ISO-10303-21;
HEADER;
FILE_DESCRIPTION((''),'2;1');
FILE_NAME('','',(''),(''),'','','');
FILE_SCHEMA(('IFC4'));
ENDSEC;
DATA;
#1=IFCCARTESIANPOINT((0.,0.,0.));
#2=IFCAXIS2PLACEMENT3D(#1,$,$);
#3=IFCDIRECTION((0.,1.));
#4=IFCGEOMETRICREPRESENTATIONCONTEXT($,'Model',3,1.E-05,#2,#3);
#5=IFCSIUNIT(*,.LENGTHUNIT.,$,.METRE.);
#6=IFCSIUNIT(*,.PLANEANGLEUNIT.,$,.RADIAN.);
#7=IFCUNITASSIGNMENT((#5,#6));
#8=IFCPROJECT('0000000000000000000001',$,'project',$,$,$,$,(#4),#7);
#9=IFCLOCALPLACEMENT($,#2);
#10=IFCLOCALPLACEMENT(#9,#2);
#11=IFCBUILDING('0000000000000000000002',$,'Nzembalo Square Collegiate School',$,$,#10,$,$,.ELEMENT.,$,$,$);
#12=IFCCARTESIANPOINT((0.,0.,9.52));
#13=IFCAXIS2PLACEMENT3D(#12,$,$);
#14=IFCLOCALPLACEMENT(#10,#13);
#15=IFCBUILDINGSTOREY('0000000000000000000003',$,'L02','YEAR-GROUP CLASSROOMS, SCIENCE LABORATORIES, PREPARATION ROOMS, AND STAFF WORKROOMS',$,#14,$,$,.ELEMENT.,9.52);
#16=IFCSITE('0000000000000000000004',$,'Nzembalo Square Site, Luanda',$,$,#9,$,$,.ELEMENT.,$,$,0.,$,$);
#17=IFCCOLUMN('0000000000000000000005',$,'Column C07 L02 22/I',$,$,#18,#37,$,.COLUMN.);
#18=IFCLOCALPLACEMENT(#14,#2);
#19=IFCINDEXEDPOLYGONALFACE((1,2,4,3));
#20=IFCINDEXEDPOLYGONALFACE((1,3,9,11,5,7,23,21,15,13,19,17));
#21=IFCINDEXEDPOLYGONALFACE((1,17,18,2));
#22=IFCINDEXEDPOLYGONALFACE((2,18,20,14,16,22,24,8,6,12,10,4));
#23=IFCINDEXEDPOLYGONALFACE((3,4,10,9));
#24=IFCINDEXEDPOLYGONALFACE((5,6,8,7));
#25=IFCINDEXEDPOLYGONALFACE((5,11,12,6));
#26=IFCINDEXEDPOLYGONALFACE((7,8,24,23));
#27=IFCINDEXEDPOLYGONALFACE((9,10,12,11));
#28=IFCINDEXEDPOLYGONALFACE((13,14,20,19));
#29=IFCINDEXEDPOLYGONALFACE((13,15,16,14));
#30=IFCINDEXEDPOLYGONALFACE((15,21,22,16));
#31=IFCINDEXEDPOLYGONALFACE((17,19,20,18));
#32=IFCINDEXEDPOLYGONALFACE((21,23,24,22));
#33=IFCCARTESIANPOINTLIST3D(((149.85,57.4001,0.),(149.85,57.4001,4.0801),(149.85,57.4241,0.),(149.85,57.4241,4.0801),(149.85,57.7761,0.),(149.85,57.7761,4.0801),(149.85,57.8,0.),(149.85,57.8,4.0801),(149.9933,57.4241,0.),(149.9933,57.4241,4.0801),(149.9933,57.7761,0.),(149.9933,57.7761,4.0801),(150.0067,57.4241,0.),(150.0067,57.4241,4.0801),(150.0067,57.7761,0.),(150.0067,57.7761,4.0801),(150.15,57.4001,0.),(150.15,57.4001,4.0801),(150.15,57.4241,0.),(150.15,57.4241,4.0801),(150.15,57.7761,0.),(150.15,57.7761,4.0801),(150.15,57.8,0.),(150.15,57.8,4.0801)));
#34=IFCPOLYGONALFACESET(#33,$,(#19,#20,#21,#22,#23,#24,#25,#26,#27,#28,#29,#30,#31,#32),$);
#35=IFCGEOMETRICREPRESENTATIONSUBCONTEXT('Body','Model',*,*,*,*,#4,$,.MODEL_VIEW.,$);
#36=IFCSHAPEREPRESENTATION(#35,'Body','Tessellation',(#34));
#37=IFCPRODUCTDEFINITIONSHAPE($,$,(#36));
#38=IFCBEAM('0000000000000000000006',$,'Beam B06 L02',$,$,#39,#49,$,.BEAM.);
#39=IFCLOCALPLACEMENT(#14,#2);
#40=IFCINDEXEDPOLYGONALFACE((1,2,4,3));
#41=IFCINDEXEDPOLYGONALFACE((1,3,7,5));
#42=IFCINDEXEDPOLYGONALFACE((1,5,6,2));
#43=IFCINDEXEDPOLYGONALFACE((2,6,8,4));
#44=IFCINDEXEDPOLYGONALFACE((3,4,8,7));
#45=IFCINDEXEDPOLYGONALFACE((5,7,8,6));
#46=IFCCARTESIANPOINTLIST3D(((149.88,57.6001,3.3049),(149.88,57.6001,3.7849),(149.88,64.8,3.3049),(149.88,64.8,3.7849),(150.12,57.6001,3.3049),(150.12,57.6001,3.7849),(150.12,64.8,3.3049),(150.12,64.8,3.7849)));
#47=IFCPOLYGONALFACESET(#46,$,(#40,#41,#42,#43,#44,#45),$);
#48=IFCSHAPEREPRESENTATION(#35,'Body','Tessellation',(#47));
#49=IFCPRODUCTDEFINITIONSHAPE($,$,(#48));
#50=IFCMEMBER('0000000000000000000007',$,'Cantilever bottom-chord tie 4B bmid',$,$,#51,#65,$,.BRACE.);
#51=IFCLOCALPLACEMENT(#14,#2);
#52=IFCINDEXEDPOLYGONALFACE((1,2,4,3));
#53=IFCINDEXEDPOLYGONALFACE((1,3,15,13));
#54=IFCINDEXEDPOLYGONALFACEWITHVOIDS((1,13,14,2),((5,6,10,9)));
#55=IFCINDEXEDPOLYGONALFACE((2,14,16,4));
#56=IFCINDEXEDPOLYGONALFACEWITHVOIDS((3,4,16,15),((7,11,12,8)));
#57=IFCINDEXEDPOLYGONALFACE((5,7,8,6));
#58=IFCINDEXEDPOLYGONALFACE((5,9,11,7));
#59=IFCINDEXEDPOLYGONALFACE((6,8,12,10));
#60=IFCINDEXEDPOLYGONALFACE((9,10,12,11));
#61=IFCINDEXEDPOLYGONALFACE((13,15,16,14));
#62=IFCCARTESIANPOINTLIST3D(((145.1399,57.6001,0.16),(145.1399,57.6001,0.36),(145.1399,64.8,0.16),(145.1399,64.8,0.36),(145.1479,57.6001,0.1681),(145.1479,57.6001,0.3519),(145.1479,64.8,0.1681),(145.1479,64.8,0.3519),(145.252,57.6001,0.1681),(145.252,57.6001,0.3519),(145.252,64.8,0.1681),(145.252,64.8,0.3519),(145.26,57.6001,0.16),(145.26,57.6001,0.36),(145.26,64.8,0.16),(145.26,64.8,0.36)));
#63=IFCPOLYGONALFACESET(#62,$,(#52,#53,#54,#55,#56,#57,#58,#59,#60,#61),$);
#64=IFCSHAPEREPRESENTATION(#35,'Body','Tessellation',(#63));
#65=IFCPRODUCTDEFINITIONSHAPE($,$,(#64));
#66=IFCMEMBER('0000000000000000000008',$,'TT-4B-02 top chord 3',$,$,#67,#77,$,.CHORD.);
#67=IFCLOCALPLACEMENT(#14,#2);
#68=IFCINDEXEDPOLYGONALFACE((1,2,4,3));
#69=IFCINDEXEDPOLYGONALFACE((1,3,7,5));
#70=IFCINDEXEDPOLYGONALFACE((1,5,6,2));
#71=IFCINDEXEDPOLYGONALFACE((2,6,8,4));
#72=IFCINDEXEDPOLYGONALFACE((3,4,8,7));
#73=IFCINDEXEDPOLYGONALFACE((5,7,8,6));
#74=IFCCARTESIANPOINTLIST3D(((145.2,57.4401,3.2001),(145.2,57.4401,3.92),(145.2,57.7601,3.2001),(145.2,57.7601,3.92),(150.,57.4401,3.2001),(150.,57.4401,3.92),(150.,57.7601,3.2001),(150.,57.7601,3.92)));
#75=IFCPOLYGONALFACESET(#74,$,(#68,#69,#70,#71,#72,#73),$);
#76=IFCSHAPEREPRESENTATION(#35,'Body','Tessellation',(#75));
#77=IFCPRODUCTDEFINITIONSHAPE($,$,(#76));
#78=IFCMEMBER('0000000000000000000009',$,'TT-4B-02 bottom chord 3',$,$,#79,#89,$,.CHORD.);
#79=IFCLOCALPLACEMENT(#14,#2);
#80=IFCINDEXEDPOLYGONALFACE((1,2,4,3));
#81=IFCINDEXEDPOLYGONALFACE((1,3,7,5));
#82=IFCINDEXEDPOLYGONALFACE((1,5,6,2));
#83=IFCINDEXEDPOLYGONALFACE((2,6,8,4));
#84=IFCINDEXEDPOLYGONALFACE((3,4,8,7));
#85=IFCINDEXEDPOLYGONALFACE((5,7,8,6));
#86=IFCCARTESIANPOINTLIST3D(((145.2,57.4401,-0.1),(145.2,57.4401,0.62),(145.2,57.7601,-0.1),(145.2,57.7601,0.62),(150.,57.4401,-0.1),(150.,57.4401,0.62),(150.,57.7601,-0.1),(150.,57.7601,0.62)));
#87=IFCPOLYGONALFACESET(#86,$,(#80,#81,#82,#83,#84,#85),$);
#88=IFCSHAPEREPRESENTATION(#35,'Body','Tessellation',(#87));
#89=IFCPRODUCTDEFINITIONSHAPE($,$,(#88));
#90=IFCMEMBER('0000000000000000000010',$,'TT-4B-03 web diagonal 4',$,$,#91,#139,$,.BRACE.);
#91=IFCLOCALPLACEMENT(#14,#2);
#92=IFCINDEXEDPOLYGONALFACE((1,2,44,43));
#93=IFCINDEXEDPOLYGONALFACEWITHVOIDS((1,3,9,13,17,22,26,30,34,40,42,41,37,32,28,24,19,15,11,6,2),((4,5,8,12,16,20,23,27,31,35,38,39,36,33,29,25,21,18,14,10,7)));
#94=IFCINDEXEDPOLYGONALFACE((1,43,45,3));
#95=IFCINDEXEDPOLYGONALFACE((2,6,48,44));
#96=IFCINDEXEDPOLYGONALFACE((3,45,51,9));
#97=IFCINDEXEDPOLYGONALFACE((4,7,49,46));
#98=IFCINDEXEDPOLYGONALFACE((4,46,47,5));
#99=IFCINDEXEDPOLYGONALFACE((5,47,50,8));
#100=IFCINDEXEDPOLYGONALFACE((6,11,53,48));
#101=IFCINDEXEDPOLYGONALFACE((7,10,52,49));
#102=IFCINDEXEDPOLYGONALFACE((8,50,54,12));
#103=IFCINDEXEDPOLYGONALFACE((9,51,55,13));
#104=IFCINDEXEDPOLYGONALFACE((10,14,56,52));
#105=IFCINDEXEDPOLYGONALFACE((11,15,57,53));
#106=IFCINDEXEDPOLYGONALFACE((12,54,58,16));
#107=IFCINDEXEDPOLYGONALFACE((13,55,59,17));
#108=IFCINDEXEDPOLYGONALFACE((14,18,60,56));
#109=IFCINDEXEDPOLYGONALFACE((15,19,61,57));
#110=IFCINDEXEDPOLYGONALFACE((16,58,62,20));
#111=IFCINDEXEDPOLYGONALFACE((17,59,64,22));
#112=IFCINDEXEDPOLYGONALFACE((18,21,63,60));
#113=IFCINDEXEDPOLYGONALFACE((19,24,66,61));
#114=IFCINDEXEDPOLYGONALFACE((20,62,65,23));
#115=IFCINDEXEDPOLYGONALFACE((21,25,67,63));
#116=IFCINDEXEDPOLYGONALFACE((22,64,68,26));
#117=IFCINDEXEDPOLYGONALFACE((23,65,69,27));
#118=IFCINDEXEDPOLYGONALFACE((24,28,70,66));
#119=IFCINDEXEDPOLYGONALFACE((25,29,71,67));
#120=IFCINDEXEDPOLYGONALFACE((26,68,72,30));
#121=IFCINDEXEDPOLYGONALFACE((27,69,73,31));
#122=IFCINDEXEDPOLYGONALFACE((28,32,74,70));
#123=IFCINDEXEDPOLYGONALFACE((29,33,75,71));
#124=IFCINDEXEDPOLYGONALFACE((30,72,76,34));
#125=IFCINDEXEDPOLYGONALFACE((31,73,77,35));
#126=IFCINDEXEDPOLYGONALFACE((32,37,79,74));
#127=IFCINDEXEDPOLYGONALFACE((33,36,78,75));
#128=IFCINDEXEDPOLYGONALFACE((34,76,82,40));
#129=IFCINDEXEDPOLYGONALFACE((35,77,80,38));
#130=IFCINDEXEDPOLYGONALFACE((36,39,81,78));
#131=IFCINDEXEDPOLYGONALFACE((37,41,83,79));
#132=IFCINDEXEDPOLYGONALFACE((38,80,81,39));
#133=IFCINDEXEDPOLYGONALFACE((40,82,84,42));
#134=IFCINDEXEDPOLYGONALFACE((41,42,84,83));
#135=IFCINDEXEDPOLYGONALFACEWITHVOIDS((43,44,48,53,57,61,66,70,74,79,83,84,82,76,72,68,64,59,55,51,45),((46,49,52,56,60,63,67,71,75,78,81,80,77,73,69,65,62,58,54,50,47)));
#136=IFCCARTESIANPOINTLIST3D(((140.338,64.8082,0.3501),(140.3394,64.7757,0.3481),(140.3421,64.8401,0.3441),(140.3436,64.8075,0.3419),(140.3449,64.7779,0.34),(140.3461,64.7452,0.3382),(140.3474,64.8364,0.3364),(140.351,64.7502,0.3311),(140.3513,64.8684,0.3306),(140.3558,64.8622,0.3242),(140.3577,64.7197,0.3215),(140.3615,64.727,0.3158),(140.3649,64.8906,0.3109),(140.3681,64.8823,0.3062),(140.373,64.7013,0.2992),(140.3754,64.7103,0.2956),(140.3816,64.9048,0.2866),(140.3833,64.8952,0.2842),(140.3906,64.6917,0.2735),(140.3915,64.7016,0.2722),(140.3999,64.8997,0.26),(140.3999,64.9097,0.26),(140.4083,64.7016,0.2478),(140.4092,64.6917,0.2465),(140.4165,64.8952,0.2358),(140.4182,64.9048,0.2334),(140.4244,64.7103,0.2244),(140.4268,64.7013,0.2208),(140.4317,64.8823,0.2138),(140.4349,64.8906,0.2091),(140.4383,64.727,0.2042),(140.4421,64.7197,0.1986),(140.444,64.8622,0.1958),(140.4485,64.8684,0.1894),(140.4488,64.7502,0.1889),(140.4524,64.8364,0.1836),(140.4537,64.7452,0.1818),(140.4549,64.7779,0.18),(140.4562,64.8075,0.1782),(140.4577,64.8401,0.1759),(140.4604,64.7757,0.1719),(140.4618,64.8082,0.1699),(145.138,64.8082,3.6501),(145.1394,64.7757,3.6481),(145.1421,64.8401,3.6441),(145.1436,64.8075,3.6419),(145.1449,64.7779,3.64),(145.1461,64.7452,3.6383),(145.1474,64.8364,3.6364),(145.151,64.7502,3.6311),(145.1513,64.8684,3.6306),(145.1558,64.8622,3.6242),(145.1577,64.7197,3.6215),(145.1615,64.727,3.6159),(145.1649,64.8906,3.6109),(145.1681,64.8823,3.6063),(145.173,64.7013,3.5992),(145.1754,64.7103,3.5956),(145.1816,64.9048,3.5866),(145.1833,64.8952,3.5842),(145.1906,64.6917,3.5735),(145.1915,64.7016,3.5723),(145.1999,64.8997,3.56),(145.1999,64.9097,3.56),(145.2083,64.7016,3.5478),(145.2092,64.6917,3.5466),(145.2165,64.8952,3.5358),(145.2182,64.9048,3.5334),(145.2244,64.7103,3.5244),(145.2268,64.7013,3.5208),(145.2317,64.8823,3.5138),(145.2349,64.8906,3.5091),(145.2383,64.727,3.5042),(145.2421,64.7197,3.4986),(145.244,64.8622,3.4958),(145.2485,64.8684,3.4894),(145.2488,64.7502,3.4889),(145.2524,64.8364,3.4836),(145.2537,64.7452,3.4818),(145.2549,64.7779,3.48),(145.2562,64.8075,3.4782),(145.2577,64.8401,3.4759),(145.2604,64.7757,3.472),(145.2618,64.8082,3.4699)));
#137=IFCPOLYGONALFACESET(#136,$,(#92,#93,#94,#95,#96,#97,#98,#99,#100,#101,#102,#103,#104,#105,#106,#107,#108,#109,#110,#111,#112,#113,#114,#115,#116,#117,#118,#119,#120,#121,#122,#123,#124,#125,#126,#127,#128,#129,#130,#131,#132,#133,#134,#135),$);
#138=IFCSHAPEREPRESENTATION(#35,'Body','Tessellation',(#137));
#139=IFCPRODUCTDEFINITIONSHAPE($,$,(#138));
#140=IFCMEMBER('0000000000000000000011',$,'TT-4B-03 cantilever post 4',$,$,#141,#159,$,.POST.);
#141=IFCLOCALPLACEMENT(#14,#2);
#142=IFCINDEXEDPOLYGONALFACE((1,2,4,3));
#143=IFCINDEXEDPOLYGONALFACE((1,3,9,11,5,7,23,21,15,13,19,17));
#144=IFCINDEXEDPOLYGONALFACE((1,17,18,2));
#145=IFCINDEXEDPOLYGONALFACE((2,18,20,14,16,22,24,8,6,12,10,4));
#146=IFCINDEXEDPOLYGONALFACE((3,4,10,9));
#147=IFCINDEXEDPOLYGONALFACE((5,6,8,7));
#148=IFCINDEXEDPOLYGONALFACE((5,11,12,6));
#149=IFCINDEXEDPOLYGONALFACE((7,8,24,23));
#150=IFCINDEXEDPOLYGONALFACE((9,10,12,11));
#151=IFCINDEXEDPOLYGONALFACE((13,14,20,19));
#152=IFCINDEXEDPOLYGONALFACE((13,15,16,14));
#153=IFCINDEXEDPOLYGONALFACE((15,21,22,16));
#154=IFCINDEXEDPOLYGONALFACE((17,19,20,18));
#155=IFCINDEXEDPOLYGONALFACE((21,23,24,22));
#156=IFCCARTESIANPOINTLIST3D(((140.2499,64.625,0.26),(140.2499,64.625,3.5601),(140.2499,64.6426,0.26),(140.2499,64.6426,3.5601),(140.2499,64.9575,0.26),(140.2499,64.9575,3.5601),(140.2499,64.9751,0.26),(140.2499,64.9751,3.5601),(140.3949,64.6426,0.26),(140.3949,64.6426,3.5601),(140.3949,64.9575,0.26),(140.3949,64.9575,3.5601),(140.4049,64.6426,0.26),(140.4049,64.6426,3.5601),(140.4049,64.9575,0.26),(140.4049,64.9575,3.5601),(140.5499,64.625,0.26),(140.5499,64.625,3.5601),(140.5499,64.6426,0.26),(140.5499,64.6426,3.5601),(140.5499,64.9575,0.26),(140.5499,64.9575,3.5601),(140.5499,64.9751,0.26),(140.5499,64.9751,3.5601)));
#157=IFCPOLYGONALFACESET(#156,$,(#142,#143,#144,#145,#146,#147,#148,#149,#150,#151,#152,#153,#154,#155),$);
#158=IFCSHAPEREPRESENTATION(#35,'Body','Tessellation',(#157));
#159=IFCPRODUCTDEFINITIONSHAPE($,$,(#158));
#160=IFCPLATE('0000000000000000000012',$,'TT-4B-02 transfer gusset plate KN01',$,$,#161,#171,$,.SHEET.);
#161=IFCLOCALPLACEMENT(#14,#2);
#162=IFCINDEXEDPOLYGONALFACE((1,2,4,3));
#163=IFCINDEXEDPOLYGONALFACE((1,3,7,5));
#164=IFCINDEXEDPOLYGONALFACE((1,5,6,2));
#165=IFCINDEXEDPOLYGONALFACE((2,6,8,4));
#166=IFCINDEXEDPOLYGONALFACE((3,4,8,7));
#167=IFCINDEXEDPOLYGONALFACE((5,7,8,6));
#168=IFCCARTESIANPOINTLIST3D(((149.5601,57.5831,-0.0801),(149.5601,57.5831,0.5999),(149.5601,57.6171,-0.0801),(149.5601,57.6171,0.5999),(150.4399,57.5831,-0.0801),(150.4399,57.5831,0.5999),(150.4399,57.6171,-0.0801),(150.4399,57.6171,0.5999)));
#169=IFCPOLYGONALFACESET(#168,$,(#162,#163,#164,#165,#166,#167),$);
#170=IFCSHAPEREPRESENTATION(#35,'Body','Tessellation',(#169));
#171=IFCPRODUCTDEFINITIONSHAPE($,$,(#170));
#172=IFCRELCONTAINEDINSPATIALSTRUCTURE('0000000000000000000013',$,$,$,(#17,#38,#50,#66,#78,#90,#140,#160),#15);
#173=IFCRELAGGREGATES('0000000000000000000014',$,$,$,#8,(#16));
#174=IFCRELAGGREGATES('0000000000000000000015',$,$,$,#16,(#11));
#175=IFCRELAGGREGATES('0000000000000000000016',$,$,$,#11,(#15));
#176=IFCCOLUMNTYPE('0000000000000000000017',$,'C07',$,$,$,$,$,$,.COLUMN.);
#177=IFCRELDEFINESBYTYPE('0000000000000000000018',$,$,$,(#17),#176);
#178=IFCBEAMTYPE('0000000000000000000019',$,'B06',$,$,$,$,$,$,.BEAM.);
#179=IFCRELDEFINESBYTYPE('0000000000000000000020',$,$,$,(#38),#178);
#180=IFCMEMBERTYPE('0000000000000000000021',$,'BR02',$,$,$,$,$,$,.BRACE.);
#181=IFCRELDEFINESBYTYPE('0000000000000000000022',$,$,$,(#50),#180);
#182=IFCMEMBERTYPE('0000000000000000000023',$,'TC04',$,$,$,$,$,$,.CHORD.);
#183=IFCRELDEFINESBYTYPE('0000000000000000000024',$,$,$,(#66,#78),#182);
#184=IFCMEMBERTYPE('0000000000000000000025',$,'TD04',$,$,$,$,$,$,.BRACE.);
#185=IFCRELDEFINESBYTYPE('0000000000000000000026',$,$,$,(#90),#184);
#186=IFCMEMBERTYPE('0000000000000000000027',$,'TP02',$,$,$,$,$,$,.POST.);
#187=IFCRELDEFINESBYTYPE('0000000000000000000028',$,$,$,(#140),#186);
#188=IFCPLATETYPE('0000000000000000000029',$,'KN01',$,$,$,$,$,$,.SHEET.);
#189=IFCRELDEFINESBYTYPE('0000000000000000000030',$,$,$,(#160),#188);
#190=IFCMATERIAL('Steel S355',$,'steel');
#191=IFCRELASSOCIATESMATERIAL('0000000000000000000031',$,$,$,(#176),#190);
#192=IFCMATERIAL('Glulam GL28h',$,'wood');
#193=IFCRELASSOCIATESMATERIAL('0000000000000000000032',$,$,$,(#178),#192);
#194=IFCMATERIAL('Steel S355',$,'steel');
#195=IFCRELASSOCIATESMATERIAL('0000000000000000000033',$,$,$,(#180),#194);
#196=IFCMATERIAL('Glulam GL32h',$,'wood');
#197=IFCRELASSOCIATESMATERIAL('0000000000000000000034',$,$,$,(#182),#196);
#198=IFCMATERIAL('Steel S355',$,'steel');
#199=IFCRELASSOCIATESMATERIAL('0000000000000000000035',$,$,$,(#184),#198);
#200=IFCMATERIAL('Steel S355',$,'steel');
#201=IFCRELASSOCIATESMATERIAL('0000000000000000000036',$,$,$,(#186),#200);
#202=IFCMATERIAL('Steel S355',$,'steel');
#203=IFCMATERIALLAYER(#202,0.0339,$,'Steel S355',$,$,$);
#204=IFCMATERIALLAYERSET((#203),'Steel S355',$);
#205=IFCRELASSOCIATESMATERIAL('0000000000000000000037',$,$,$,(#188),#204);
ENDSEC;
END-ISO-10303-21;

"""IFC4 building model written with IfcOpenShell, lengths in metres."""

from ifc_helpers import new_model, si_unit, direction, frame, origin, origin_2d, place, context, subcontext, project, spatial, rectangle, hollow_rectangle, hollow_circle, i_section, extrude, material, layer, layer_set, material_profile, profile_set, type_object, element, save


model = new_model("IFC4")

# Units and contexts
model_context = context("Model", 3, precision=1e-05, world=origin(), true_north=direction((0.0, 1.0)))
body_context = subcontext(model_context, "Body", "Model", "MODEL_VIEW")
ifc_project = project(units=[si_unit("LENGTHUNIT", "METRE"), si_unit("PLANEANGLEUNIT", "RADIAN")], contexts=[model_context])

# Site, building, storey
site_placement = place(None, origin())
site = spatial("IfcSite", under=ifc_project, at=site_placement, Name="Nzembalo Square Site, Luanda", CompositionType="ELEMENT", RefElevation=0.0)
building_placement = place(site_placement, origin())
building = spatial("IfcBuilding", under=site, at=building_placement, Name="Nzembalo Square Collegiate School", CompositionType="ELEMENT")
storey_placement = place(building_placement, frame((0.0, 0.0, 9.52)))
storey = spatial("IfcBuildingStorey", under=building, at=storey_placement, Name="L02", Description="YEAR-GROUP CLASSROOMS, SCIENCE LABORATORIES, PREPARATION ROOMS, AND STAFF WORKROOMS", CompositionType="ELEMENT", Elevation=9.52)

# Column
ifc_material_1 = material(Name="Steel S355", Category="steel")
ifc_material_profile_1 = material_profile(ifc_material_1, i_section(OverallWidth=0.3, OverallDepth=0.3999, WebThickness=0.0134, FlangeThickness=0.0239, at=origin_2d()), Name="HEB 400")
ifc_profile_set_1 = profile_set([ifc_material_profile_1], Name="Steel S355")
column_type = type_object("IfcColumnType", Name="C07", PredefinedType="COLUMN", material=ifc_profile_set_1)
column_placement = place(storey_placement, frame((150.0, 57.6001, 0.0), z_axis=(0.0, 0.0, 1.0), x_axis=(1.0, 0.0, 0.0)))
element("IfcColumn", 1, at=column_placement, inside=storey, type_object=column_type, Name="Column C07 L02 22/I", PredefinedType="COLUMN", context=body_context, shape_type="SweptSolid", body=[
    extrude(i_section(OverallWidth=0.3, OverallDepth=0.3999, WebThickness=0.0134, FlangeThickness=0.0239, at=origin_2d()), origin(), (0.0, 0.0, 1.0), 4.0801),
])

# Beam
ifc_material_2 = material(Name="Glulam GL28h", Category="wood")
ifc_material_profile_2 = material_profile(ifc_material_2, rectangle(XDim=0.24, YDim=0.48, at=origin_2d()), Name="GL28h 240x480")
ifc_profile_set_2 = profile_set([ifc_material_profile_2], Name="Glulam GL28h")
beam_type = type_object("IfcBeamType", Name="B06", PredefinedType="BEAM", material=ifc_profile_set_2)
beam_placement = place(storey_placement, frame((150.0, 57.6001, 3.5449), z_axis=(0.0, 1.0, 0.0), x_axis=(-1.0, 0.0, 0.0)))
element("IfcBeam", 2, at=beam_placement, inside=storey, type_object=beam_type, Name="Beam B06 L02", PredefinedType="BEAM", context=body_context, shape_type="SweptSolid", body=[
    extrude(rectangle(XDim=0.24, YDim=0.48, at=origin_2d()), origin(), (0.0, 0.0, 1.0), 7.2),
])

# Members
ifc_material_3 = material(Name="Steel S355", Category="steel")
ifc_material_profile_3 = material_profile(ifc_material_3, hollow_rectangle(XDim=0.1201, YDim=0.2, WallThickness=0.0081, at=origin_2d()), Name="RHS 200x120x8")
ifc_profile_set_3 = profile_set([ifc_material_profile_3], Name="Steel S355")
member_type_1 = type_object("IfcMemberType", Name="BR02", PredefinedType="BRACE", material=ifc_profile_set_3)
member_1_placement = place(storey_placement, frame((145.2, 57.6001, 0.26), z_axis=(0.0, 1.0, 0.0), x_axis=(-1.0, 0.0, 0.0)))
element("IfcMember", 3, at=member_1_placement, inside=storey, type_object=member_type_1, Name="Cantilever bottom-chord tie 4B bmid", PredefinedType="BRACE", context=body_context, shape_type="SweptSolid", body=[
    extrude(hollow_rectangle(XDim=0.1201, YDim=0.2, WallThickness=0.0081, at=origin_2d()), origin(), (0.0, 0.0, 1.0), 7.2),
])
ifc_material_4 = material(Name="Glulam GL32h", Category="wood")
ifc_material_profile_4 = material_profile(ifc_material_4, rectangle(XDim=0.3201, YDim=0.72, at=origin_2d()), Name="GL32h 320x720")
ifc_profile_set_4 = profile_set([ifc_material_profile_4], Name="Glulam GL32h")
member_type_2 = type_object("IfcMemberType", Name="TC04", PredefinedType="CHORD", material=ifc_profile_set_4)
for number, where, z_axis, x_axis, name in (
    (4, (150.0, 57.6001, 3.5601), (-1.0, 0.0, 0.0), (0.0, -1.0, 0.0), "TT-4B-02 top chord 3"),
    (5, (150.0, 57.6001, 0.26), (-1.0, 0.0, 0.0), (0.0, -1.0, 0.0), "TT-4B-02 bottom chord 3"),
):
    element("IfcMember", number, at=place(storey_placement, frame(where, z_axis=z_axis, x_axis=x_axis)), inside=storey, type_object=member_type_2, Name=name, PredefinedType="CHORD", context=body_context, shape_type="SweptSolid", body=[
        extrude(rectangle(XDim=0.3201, YDim=0.72, at=origin_2d()), origin(), (0.0, 0.0, 1.0), 4.8),
    ])
ifc_material_5 = material(Name="Steel S355", Category="steel")
ifc_material_profile_5 = material_profile(ifc_material_5, hollow_circle(Radius=0.1096, WallThickness=0.01, at=origin_2d()), Name="CHS 219x10")
ifc_profile_set_5 = profile_set([ifc_material_profile_5], Name="Steel S355")
member_type_3 = type_object("IfcMemberType", Name="TD04", PredefinedType="BRACE", material=ifc_profile_set_5)
member_2_placement = place(storey_placement, frame((140.3999, 64.8, 0.26), z_axis=(0.824041, 0.0, 0.566531), x_axis=(0.0, 1.0, 0.0)))
element("IfcMember", 6, at=member_2_placement, inside=storey, type_object=member_type_3, Name="TT-4B-03 web diagonal 4", PredefinedType="BRACE", context=body_context, shape_type="SweptSolid", body=[
    extrude(hollow_circle(Radius=0.1096, WallThickness=0.01, at=origin_2d()), origin(), (0.0, 0.0, 1.0), 5.825),
])
ifc_material_6 = material(Name="Steel S355", Category="steel")
ifc_material_profile_6 = material_profile(ifc_material_6, i_section(OverallWidth=0.3, OverallDepth=0.3501, WebThickness=0.01, FlangeThickness=0.0176, at=origin_2d()), Name="HEA 360")
ifc_profile_set_6 = profile_set([ifc_material_profile_6], Name="Steel S355")
member_type_4 = type_object("IfcMemberType", Name="TP02", PredefinedType="POST", material=ifc_profile_set_6)
member_3_placement = place(storey_placement, frame((140.3999, 64.8, 0.26), z_axis=(0.0, 0.0, 1.0), x_axis=(1.0, 0.0, 0.0)))
element("IfcMember", 7, at=member_3_placement, inside=storey, type_object=member_type_4, Name="TT-4B-03 cantilever post 4", PredefinedType="POST", context=body_context, shape_type="SweptSolid", body=[
    extrude(i_section(OverallWidth=0.3, OverallDepth=0.3501, WebThickness=0.01, FlangeThickness=0.0176, at=origin_2d()), origin(), (0.0, 0.0, 1.0), 3.3),
])

# Plate
ifc_material_7 = material(Name="Steel S355", Category="steel")
ifc_layer_1 = layer(ifc_material_7, 0.0339, Name="Steel S355")
ifc_layer_set_1 = layer_set([ifc_layer_1], Name="Steel S355")
plate_type_1 = type_object("IfcPlateType", Name="KN01", PredefinedType="SHEET", material=ifc_layer_set_1)
plate_1_placement = place(storey_placement, frame((150.0, 57.6001, -0.0801), z_axis=(0.0, 0.0, 1.0), x_axis=(1.0, 0.0, 0.0)))
element("IfcPlate", 8, at=plate_1_placement, inside=storey, type_object=plate_type_1, Name="TT-4B-02 transfer gusset plate KN01", PredefinedType="SHEET", context=body_context, shape_type="SweptSolid", body=[
    extrude(rectangle(XDim=0.8799, YDim=0.0339, at=origin_2d()), origin(), (0.0, 0.0, 1.0), 0.6799),
])

save(model, "model.ifc")
